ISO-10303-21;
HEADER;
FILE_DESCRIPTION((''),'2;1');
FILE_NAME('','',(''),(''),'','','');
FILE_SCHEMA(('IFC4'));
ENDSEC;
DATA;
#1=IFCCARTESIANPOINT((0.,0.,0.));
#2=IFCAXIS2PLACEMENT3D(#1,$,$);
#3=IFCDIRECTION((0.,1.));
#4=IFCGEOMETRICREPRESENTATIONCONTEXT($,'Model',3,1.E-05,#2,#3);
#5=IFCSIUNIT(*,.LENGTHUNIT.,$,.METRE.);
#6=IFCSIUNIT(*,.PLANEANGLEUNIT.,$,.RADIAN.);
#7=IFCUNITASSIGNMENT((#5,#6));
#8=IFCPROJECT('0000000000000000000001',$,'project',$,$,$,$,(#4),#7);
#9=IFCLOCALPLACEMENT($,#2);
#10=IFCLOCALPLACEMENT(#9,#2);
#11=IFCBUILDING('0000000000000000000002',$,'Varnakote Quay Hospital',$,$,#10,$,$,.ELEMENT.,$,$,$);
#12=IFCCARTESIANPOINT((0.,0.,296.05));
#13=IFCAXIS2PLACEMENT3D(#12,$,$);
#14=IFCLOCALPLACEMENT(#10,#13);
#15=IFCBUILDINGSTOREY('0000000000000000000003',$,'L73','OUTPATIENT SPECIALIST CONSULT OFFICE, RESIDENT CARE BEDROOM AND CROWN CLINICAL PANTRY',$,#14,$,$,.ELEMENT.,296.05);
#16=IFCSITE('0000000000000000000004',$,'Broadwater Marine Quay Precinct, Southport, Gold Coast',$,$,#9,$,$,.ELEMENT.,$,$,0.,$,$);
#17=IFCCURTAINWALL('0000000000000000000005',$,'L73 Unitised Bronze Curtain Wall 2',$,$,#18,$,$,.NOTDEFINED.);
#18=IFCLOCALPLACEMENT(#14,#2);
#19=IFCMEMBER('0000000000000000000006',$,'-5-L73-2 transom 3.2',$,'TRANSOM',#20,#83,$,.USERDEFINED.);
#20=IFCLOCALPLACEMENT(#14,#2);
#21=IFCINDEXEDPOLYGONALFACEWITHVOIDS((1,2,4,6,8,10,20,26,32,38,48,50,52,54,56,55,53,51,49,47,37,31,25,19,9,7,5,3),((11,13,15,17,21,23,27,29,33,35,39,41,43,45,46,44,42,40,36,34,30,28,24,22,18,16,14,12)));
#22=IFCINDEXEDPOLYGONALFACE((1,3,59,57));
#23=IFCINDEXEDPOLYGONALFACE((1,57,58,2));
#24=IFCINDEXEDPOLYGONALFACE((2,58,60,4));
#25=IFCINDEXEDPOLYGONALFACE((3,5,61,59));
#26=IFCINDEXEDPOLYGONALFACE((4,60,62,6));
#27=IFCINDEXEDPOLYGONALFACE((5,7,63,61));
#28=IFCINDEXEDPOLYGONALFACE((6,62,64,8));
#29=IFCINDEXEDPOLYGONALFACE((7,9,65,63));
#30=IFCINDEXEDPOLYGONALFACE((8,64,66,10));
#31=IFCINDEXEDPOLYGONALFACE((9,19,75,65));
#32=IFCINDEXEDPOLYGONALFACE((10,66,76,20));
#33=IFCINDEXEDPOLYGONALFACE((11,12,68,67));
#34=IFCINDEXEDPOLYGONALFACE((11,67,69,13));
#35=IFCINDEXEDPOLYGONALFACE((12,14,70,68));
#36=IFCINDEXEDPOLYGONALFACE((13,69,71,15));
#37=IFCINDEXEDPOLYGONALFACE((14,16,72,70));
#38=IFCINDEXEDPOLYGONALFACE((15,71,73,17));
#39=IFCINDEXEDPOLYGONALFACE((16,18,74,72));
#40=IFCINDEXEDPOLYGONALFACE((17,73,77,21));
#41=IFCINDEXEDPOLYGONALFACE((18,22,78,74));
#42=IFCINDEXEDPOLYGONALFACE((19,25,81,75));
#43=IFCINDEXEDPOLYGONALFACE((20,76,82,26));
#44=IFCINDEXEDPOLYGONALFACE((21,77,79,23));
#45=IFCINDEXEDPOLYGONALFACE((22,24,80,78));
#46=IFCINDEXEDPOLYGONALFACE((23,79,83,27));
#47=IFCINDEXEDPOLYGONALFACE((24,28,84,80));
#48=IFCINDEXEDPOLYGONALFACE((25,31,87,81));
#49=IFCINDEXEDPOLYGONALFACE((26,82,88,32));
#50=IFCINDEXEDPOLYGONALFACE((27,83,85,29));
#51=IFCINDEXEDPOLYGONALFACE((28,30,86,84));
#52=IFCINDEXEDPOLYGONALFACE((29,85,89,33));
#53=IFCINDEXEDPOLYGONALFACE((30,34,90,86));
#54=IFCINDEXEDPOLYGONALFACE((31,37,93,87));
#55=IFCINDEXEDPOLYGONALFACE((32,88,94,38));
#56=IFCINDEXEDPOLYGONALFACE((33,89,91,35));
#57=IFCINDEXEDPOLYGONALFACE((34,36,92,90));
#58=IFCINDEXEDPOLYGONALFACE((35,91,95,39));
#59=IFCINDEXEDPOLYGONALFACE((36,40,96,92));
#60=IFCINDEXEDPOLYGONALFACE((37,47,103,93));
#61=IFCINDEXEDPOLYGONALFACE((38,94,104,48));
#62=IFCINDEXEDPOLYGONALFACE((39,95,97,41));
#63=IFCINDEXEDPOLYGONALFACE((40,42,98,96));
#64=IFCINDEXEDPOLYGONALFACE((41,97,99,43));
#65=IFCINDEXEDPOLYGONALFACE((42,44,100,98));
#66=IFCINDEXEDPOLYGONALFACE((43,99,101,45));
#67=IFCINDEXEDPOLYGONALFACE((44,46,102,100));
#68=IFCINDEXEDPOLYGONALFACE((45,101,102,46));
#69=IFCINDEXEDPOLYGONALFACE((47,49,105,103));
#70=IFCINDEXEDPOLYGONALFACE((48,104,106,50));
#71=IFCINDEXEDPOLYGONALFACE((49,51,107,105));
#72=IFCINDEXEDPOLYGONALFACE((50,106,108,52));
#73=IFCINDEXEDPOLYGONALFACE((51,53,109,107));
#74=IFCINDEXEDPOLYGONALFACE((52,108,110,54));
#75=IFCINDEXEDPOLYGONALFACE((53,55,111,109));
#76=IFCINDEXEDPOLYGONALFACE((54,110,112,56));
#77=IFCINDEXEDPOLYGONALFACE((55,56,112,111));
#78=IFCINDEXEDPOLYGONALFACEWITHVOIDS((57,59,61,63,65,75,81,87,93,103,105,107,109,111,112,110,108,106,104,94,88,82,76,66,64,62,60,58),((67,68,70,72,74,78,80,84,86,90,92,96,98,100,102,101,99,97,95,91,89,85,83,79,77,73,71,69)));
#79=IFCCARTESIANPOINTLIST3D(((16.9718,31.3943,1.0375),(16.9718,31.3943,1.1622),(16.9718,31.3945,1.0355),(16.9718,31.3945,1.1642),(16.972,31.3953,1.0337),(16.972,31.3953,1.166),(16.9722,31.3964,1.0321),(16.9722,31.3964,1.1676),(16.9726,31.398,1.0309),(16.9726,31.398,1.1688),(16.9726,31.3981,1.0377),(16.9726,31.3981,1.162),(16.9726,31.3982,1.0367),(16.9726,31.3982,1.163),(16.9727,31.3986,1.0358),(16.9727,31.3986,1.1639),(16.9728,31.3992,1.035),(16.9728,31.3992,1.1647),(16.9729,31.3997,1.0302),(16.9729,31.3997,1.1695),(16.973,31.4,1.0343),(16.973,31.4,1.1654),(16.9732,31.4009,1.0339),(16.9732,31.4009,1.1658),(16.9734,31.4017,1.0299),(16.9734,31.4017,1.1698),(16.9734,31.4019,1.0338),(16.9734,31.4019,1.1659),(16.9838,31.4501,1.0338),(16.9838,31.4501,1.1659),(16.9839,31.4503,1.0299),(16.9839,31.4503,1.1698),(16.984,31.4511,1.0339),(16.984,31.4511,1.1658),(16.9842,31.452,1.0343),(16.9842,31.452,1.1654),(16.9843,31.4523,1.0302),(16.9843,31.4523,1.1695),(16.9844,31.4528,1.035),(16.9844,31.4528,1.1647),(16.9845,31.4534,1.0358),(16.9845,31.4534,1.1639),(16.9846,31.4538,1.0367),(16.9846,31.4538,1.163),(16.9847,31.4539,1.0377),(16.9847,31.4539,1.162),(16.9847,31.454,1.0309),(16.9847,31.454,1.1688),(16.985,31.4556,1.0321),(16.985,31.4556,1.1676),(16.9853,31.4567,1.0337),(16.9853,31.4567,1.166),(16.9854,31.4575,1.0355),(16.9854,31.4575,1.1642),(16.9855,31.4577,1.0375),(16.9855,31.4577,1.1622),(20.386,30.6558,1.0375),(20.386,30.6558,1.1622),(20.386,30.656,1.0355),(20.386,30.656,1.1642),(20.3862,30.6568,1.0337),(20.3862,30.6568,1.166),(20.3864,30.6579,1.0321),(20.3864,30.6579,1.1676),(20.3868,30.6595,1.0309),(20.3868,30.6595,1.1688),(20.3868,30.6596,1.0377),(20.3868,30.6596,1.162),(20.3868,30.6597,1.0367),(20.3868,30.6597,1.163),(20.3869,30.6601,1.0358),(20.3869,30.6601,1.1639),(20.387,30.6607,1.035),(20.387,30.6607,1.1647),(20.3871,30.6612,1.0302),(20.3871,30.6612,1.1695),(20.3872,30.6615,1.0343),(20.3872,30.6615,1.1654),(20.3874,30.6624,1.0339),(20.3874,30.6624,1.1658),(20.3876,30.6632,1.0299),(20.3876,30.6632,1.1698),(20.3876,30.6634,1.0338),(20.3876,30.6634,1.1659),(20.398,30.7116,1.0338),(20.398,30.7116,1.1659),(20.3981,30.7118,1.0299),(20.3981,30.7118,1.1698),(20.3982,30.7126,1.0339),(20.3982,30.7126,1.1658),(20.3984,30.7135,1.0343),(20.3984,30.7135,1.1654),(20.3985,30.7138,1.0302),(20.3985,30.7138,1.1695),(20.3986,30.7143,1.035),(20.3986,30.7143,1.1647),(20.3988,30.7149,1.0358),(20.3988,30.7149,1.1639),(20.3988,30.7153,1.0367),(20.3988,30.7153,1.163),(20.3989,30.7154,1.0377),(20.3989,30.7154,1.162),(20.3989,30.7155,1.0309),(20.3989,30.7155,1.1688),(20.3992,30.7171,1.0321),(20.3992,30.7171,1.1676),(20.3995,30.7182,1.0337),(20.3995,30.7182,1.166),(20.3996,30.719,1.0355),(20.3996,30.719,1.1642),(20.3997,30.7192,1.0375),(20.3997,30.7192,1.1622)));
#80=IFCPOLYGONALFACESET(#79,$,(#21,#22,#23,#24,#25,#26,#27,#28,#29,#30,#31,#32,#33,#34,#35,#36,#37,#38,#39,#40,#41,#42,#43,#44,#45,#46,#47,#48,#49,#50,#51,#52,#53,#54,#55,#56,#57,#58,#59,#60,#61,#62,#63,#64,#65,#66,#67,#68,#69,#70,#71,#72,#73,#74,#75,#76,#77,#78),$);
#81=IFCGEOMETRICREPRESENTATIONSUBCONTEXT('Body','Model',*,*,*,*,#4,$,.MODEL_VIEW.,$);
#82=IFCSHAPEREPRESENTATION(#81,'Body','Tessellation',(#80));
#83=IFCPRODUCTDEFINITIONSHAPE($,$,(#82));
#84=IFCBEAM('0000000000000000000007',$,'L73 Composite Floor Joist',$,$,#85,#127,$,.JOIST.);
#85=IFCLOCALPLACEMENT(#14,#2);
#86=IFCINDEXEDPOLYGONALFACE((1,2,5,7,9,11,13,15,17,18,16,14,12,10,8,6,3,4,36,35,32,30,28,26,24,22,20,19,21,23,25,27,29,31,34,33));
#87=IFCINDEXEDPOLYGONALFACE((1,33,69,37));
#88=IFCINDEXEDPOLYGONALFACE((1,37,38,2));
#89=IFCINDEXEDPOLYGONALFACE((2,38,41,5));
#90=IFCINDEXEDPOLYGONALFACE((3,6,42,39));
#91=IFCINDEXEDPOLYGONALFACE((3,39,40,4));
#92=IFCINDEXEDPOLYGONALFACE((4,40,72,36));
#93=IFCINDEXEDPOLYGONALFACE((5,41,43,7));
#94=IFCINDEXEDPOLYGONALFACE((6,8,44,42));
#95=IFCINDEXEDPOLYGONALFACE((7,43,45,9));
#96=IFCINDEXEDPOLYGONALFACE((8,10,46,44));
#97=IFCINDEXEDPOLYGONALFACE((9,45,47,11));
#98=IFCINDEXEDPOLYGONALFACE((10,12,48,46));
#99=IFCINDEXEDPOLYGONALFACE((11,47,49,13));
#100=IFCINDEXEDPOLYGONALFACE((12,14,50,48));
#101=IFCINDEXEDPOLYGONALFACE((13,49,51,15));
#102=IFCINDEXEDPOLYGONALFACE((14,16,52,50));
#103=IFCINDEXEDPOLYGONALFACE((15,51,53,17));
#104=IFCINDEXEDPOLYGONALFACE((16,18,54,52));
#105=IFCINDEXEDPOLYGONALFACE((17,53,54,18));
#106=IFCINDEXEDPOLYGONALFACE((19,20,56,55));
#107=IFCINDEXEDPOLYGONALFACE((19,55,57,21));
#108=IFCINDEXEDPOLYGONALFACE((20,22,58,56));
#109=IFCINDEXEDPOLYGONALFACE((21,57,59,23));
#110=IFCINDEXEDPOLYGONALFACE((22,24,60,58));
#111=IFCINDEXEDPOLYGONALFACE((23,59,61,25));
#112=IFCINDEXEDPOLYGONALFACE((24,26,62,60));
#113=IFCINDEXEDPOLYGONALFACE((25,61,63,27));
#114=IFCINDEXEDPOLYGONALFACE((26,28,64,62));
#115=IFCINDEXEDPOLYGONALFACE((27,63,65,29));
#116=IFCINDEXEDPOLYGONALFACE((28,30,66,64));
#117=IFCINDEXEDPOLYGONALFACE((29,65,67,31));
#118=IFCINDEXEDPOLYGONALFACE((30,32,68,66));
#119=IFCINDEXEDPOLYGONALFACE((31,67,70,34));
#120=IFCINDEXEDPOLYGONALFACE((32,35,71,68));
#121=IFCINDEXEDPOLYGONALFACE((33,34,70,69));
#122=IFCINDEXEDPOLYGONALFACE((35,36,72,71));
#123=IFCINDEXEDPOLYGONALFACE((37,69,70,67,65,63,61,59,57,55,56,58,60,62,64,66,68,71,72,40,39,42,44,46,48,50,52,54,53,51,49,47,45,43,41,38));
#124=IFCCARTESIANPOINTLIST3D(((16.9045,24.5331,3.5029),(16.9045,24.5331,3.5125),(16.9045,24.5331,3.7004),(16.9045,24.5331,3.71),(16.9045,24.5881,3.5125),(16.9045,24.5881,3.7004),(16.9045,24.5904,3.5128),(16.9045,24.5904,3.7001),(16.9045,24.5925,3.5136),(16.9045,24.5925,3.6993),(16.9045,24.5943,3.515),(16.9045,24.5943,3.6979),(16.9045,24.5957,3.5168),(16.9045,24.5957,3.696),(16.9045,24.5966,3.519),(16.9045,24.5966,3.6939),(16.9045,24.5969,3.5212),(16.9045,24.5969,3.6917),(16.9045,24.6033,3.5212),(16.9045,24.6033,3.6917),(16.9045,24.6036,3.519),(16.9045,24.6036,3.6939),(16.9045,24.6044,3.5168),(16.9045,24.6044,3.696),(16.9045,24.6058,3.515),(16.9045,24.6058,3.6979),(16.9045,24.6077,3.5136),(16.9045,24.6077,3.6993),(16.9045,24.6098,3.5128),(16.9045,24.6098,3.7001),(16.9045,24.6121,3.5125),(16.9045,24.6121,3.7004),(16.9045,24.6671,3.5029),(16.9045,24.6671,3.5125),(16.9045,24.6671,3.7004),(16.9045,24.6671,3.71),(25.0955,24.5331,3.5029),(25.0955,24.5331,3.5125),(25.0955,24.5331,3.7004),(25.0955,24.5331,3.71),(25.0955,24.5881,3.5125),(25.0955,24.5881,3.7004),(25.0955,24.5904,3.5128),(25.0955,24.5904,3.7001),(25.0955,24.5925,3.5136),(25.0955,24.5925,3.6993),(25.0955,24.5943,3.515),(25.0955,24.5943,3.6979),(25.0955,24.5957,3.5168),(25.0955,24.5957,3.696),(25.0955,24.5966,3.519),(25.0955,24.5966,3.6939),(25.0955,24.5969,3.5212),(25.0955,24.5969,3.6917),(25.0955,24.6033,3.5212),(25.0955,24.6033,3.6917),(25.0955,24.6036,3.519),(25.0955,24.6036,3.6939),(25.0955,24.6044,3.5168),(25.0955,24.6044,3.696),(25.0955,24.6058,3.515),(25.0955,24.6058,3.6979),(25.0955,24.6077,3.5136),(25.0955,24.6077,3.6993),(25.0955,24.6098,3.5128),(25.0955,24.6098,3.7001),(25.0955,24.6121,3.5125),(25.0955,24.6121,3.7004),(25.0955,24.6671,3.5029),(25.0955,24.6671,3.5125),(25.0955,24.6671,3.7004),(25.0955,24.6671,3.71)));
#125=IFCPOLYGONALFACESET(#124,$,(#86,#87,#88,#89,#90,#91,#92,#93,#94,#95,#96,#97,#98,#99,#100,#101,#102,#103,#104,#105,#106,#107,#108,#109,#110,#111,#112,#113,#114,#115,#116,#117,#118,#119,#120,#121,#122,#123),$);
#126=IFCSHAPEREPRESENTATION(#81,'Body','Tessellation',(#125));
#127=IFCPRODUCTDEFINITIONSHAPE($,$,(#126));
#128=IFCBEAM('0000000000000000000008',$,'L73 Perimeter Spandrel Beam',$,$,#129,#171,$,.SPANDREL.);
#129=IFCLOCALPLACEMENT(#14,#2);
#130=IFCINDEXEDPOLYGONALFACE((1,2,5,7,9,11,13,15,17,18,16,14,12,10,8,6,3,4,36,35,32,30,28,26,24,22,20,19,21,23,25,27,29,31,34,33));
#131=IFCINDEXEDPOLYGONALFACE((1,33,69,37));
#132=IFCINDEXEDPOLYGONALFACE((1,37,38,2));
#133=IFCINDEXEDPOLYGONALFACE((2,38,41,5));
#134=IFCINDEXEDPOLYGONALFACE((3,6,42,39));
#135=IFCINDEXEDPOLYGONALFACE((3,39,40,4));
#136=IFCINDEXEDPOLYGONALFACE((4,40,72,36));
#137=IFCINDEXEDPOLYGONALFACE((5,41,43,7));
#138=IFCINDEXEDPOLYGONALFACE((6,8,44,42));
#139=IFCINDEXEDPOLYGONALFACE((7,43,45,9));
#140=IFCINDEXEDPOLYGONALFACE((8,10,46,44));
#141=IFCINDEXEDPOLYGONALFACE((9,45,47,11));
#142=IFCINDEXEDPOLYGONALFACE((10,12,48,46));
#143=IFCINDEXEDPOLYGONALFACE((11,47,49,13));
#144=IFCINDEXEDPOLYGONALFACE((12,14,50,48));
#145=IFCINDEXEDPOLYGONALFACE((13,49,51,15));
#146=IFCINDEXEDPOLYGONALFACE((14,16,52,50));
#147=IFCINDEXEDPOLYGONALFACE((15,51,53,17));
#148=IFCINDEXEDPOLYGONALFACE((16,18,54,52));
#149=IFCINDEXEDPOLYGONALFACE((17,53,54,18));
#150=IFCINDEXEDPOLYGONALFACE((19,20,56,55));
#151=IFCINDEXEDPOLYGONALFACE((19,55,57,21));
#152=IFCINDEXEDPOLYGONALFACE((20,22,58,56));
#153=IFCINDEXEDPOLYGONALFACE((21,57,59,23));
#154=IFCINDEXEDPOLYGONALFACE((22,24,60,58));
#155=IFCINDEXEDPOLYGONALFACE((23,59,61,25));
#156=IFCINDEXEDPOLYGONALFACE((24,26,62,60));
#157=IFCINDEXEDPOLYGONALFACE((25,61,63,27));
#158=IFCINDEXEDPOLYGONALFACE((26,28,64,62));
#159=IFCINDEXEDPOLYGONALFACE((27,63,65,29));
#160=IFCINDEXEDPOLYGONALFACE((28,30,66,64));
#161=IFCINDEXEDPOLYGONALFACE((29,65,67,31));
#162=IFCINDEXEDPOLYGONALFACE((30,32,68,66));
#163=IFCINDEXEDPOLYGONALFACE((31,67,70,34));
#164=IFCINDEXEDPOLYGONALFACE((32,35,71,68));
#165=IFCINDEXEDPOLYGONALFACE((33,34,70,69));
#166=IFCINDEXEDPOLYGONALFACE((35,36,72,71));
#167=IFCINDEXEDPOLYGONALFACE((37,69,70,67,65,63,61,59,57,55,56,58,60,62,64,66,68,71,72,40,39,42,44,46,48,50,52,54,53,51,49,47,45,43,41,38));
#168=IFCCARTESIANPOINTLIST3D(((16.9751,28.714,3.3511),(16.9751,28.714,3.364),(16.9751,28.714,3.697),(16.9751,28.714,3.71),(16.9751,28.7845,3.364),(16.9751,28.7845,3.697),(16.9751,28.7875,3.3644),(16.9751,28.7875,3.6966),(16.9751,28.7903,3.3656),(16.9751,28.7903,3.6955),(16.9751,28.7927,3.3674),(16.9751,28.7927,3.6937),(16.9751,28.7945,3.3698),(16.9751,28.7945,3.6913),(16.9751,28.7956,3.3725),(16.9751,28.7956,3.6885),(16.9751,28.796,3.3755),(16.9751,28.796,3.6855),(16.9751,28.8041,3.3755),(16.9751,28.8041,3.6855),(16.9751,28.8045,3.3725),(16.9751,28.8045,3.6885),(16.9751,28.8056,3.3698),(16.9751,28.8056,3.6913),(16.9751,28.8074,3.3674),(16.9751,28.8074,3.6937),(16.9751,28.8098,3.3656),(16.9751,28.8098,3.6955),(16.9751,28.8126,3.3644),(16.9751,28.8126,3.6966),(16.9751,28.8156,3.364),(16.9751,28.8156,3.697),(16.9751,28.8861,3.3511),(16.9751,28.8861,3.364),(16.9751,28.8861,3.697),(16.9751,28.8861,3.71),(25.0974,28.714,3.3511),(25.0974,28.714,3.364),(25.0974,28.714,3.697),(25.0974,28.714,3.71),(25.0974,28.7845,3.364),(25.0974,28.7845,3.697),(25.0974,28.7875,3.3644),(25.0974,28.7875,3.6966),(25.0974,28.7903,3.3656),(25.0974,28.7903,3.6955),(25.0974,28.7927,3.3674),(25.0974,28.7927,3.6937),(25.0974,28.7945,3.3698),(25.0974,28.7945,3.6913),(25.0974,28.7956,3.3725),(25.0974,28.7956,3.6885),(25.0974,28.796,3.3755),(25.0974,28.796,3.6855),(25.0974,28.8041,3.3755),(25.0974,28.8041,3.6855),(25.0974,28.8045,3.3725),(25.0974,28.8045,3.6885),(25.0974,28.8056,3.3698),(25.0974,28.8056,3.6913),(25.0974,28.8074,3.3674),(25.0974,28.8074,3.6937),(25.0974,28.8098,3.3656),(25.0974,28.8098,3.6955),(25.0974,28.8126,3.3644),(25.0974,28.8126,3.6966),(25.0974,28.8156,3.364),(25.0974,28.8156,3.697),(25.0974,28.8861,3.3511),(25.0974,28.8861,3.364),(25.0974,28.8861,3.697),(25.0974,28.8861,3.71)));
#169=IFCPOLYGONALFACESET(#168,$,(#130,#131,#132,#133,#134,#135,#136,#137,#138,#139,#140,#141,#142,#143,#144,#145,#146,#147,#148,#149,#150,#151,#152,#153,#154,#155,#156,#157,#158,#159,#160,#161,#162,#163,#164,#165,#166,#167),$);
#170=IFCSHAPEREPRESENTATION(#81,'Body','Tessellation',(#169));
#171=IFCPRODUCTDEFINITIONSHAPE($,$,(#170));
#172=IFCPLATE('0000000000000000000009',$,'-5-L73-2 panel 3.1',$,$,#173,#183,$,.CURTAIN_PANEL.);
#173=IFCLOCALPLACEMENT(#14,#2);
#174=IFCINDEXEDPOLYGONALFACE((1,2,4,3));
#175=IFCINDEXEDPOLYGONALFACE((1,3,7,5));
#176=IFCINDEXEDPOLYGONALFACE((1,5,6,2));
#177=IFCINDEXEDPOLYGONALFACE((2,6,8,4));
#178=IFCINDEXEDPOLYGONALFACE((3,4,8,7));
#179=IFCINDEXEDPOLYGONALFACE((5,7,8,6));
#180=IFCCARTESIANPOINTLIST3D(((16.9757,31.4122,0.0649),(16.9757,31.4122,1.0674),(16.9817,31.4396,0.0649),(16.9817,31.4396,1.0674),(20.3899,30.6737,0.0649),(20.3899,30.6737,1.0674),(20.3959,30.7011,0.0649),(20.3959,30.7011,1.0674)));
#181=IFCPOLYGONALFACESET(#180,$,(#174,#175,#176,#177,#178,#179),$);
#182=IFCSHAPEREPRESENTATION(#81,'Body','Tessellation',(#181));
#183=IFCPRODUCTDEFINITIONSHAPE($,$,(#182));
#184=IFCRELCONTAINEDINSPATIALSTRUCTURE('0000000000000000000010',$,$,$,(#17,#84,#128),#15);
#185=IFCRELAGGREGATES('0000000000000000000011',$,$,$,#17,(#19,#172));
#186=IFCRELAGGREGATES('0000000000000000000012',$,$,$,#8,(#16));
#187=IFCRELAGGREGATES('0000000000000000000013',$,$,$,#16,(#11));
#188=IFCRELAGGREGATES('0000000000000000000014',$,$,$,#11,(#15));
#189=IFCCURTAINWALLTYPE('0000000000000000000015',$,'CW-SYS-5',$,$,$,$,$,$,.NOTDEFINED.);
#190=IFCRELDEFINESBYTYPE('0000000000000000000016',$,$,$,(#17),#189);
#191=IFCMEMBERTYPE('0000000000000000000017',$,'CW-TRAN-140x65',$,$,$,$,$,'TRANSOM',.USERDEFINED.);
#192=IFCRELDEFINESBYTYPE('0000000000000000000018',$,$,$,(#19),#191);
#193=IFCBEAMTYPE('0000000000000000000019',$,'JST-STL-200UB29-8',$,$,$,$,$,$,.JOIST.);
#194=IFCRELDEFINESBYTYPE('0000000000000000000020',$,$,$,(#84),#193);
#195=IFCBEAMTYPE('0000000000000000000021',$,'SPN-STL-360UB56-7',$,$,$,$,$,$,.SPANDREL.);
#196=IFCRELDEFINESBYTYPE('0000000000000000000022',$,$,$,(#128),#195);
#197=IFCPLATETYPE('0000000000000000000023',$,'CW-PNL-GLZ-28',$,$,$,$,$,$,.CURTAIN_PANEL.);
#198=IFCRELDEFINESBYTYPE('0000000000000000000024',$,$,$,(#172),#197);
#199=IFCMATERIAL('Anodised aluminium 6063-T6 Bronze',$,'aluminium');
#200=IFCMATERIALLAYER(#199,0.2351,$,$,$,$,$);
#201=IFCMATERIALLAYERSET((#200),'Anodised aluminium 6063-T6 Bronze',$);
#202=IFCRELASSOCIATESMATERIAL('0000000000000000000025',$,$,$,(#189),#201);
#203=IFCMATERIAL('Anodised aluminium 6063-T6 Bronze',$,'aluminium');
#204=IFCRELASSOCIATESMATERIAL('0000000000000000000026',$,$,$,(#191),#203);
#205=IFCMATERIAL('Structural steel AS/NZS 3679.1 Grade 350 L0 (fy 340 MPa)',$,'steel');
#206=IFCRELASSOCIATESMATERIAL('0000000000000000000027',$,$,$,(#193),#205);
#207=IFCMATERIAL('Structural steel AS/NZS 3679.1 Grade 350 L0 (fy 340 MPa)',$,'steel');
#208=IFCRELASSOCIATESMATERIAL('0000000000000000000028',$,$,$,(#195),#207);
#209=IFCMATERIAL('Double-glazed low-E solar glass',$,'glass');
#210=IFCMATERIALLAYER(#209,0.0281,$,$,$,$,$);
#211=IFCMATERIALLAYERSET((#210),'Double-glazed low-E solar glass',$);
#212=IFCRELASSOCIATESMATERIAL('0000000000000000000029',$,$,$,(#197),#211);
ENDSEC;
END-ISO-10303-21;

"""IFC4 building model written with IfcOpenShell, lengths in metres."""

from ifc_helpers import new_model, si_unit, direction, frame, origin, origin_2d, place, context, subcontext, project, spatial, rectangle, hollow_rectangle, i_section, extrude, material, layer, layer_set, material_profile, profile_set, type_object, element, aggregate, save


model = new_model("IFC4")

# Units and contexts
model_context = context("Model", 3, precision=1e-05, world=origin(), true_north=direction((0.0, 1.0)))
body_context = subcontext(model_context, "Body", "Model", "MODEL_VIEW")
ifc_project = project(units=[si_unit("LENGTHUNIT", "METRE"), si_unit("PLANEANGLEUNIT", "RADIAN")], contexts=[model_context])

# Site, building, storey
site_placement = place(None, origin())
site = spatial("IfcSite", under=ifc_project, at=site_placement, Name="Broadwater Marine Quay Precinct, Southport, Gold Coast", CompositionType="ELEMENT", RefElevation=0.0)
building_placement = place(site_placement, origin())
building = spatial("IfcBuilding", under=site, at=building_placement, Name="Varnakote Quay Hospital", CompositionType="ELEMENT")
storey_placement = place(building_placement, frame((0.0, 0.0, 296.05)))
storey = spatial("IfcBuildingStorey", under=building, at=storey_placement, Name="L73", Description="OUTPATIENT SPECIALIST CONSULT OFFICE, RESIDENT CARE BEDROOM AND CROWN CLINICAL PANTRY", CompositionType="ELEMENT", Elevation=296.05)

# Curtain wall, member
ifc_material_1 = material(Name="Anodised aluminium 6063-T6 Bronze", Category="aluminium")
ifc_layer_1 = layer(ifc_material_1, 0.2351)
ifc_layer_set_1 = layer_set([ifc_layer_1], Name="Anodised aluminium 6063-T6 Bronze")
curtain_wall_type = type_object("IfcCurtainWallType", Name="CW-SYS-5", PredefinedType="NOTDEFINED", material=ifc_layer_set_1)
curtain_wall_placement = place(storey_placement, origin())
curtain_wall = element("IfcCurtainWall", 1, at=curtain_wall_placement, inside=storey, type_object=curtain_wall_type, Name="L73 Unitised Bronze Curtain Wall 2", PredefinedType="NOTDEFINED")
ifc_material_2 = material(Name="Anodised aluminium 6063-T6 Bronze", Category="aluminium")
ifc_material_profile_1 = material_profile(ifc_material_2, hollow_rectangle(XDim=0.0649, YDim=0.1399, WallThickness=0.0039, InnerFilletRadius=0.0039, OuterFilletRadius=0.0076, at=origin_2d()), Name="CW-TRAN-140x65")
ifc_profile_set_1 = profile_set([ifc_material_profile_1], Name="Anodised aluminium 6063-T6 Bronze")
member_type_1 = type_object("IfcMemberType", Name="CW-TRAN-140x65", ElementType="TRANSOM", PredefinedType="USERDEFINED", material=ifc_profile_set_1)
member_1_placement = place(storey_placement, frame((20.3928, 30.6875, 1.0999), z_axis=(-0.977397, 0.211414, 0.0), x_axis=(-0.211414, -0.977397, 0.0)))
member_1 = element("IfcMember", 2, at=member_1_placement, type_object=member_type_1, Name="-5-L73-2 transom 3.2", ObjectType="TRANSOM", PredefinedType="USERDEFINED", context=body_context, shape_type="SweptSolid", body=[
    extrude(hollow_rectangle(XDim=0.0649, YDim=0.1399, WallThickness=0.0039, InnerFilletRadius=0.0039, OuterFilletRadius=0.0076, at=origin_2d()), origin(), (0.0, 0.0, 1.0), 3.4932),
])

# Beams
ifc_material_3 = material(Name="Structural steel AS/NZS 3679.1 Grade 350 L0 (fy 340 MPa)", Category="steel")
ifc_material_profile_2 = material_profile(ifc_material_3, i_section(OverallWidth=0.134, OverallDepth=0.207, WebThickness=0.0063, FlangeThickness=0.0095, FilletRadius=0.0088, at=origin_2d()), Name="200UB29.8")
ifc_profile_set_2 = profile_set([ifc_material_profile_2], Name="Structural steel AS/NZS 3679.1 Grade 350 L0 (fy 340 MPa)")
beam_type_1 = type_object("IfcBeamType", Name="JST-STL-200UB29-8", PredefinedType="JOIST", material=ifc_profile_set_2)
beam_1_placement = place(storey_placement, frame((16.9045, 24.6001, 3.6064), z_axis=(1.0, 0.0, 0.0), x_axis=(0.0, 1.0, 0.0)))
element("IfcBeam", 3, at=beam_1_placement, inside=storey, type_object=beam_type_1, Name="L73 Composite Floor Joist", PredefinedType="JOIST", context=body_context, shape_type="SweptSolid", body=[
    extrude(i_section(OverallWidth=0.134, OverallDepth=0.207, WebThickness=0.0063, FlangeThickness=0.0095, FilletRadius=0.0088, at=origin_2d()), origin(), (0.0, 0.0, 1.0), 8.1909),
])
ifc_material_4 = material(Name="Structural steel AS/NZS 3679.1 Grade 350 L0 (fy 340 MPa)", Category="steel")
ifc_material_profile_3 = material_profile(ifc_material_4, i_section(OverallWidth=0.1721, OverallDepth=0.3589, WebThickness=0.0081, FlangeThickness=0.0129, FilletRadius=0.0115, at=origin_2d()), Name="360UB56.7")
ifc_profile_set_3 = profile_set([ifc_material_profile_3], Name="Structural steel AS/NZS 3679.1 Grade 350 L0 (fy 340 MPa)")
beam_type_2 = type_object("IfcBeamType", Name="SPN-STL-360UB56-7", PredefinedType="SPANDREL", material=ifc_profile_set_3)
beam_2_placement = place(storey_placement, frame((16.9751, 28.8, 3.5305), z_axis=(1.0, 0.0, 0.0), x_axis=(0.0, 1.0, 0.0)))
element("IfcBeam", 4, at=beam_2_placement, inside=storey, type_object=beam_type_2, Name="L73 Perimeter Spandrel Beam", PredefinedType="SPANDREL", context=body_context, shape_type="SweptSolid", body=[
    extrude(i_section(OverallWidth=0.1721, OverallDepth=0.3589, WebThickness=0.0081, FlangeThickness=0.0129, FilletRadius=0.0115, at=origin_2d()), origin(), (0.0, 0.0, 1.0), 8.1223),
])

# Plate
ifc_material_5 = material(Name="Double-glazed low-E solar glass", Category="glass")
ifc_layer_2 = layer(ifc_material_5, 0.0281)
ifc_layer_set_2 = layer_set([ifc_layer_2], Name="Double-glazed low-E solar glass")
plate_type = type_object("IfcPlateType", Name="CW-PNL-GLZ-28", PredefinedType="CURTAIN_PANEL", material=ifc_layer_set_2)
plate_1_placement = place(storey_placement, frame((18.6858, 31.0566, 0.0649), z_axis=(0.0, 0.0, 1.0), x_axis=(-0.977398, 0.211408, 0.0)))
plate_1 = element("IfcPlate", 5, at=plate_1_placement, type_object=plate_type, Name="-5-L73-2 panel 3.1", PredefinedType="CURTAIN_PANEL", context=body_context, shape_type="SweptSolid", body=[
    extrude(rectangle(XDim=3.4932, YDim=0.0281, at=origin_2d()), origin(), (0.0, 0.0, 1.0), 1.0024),
])
aggregate(curtain_wall, [member_1, plate_1])

save(model, "model.ifc")
